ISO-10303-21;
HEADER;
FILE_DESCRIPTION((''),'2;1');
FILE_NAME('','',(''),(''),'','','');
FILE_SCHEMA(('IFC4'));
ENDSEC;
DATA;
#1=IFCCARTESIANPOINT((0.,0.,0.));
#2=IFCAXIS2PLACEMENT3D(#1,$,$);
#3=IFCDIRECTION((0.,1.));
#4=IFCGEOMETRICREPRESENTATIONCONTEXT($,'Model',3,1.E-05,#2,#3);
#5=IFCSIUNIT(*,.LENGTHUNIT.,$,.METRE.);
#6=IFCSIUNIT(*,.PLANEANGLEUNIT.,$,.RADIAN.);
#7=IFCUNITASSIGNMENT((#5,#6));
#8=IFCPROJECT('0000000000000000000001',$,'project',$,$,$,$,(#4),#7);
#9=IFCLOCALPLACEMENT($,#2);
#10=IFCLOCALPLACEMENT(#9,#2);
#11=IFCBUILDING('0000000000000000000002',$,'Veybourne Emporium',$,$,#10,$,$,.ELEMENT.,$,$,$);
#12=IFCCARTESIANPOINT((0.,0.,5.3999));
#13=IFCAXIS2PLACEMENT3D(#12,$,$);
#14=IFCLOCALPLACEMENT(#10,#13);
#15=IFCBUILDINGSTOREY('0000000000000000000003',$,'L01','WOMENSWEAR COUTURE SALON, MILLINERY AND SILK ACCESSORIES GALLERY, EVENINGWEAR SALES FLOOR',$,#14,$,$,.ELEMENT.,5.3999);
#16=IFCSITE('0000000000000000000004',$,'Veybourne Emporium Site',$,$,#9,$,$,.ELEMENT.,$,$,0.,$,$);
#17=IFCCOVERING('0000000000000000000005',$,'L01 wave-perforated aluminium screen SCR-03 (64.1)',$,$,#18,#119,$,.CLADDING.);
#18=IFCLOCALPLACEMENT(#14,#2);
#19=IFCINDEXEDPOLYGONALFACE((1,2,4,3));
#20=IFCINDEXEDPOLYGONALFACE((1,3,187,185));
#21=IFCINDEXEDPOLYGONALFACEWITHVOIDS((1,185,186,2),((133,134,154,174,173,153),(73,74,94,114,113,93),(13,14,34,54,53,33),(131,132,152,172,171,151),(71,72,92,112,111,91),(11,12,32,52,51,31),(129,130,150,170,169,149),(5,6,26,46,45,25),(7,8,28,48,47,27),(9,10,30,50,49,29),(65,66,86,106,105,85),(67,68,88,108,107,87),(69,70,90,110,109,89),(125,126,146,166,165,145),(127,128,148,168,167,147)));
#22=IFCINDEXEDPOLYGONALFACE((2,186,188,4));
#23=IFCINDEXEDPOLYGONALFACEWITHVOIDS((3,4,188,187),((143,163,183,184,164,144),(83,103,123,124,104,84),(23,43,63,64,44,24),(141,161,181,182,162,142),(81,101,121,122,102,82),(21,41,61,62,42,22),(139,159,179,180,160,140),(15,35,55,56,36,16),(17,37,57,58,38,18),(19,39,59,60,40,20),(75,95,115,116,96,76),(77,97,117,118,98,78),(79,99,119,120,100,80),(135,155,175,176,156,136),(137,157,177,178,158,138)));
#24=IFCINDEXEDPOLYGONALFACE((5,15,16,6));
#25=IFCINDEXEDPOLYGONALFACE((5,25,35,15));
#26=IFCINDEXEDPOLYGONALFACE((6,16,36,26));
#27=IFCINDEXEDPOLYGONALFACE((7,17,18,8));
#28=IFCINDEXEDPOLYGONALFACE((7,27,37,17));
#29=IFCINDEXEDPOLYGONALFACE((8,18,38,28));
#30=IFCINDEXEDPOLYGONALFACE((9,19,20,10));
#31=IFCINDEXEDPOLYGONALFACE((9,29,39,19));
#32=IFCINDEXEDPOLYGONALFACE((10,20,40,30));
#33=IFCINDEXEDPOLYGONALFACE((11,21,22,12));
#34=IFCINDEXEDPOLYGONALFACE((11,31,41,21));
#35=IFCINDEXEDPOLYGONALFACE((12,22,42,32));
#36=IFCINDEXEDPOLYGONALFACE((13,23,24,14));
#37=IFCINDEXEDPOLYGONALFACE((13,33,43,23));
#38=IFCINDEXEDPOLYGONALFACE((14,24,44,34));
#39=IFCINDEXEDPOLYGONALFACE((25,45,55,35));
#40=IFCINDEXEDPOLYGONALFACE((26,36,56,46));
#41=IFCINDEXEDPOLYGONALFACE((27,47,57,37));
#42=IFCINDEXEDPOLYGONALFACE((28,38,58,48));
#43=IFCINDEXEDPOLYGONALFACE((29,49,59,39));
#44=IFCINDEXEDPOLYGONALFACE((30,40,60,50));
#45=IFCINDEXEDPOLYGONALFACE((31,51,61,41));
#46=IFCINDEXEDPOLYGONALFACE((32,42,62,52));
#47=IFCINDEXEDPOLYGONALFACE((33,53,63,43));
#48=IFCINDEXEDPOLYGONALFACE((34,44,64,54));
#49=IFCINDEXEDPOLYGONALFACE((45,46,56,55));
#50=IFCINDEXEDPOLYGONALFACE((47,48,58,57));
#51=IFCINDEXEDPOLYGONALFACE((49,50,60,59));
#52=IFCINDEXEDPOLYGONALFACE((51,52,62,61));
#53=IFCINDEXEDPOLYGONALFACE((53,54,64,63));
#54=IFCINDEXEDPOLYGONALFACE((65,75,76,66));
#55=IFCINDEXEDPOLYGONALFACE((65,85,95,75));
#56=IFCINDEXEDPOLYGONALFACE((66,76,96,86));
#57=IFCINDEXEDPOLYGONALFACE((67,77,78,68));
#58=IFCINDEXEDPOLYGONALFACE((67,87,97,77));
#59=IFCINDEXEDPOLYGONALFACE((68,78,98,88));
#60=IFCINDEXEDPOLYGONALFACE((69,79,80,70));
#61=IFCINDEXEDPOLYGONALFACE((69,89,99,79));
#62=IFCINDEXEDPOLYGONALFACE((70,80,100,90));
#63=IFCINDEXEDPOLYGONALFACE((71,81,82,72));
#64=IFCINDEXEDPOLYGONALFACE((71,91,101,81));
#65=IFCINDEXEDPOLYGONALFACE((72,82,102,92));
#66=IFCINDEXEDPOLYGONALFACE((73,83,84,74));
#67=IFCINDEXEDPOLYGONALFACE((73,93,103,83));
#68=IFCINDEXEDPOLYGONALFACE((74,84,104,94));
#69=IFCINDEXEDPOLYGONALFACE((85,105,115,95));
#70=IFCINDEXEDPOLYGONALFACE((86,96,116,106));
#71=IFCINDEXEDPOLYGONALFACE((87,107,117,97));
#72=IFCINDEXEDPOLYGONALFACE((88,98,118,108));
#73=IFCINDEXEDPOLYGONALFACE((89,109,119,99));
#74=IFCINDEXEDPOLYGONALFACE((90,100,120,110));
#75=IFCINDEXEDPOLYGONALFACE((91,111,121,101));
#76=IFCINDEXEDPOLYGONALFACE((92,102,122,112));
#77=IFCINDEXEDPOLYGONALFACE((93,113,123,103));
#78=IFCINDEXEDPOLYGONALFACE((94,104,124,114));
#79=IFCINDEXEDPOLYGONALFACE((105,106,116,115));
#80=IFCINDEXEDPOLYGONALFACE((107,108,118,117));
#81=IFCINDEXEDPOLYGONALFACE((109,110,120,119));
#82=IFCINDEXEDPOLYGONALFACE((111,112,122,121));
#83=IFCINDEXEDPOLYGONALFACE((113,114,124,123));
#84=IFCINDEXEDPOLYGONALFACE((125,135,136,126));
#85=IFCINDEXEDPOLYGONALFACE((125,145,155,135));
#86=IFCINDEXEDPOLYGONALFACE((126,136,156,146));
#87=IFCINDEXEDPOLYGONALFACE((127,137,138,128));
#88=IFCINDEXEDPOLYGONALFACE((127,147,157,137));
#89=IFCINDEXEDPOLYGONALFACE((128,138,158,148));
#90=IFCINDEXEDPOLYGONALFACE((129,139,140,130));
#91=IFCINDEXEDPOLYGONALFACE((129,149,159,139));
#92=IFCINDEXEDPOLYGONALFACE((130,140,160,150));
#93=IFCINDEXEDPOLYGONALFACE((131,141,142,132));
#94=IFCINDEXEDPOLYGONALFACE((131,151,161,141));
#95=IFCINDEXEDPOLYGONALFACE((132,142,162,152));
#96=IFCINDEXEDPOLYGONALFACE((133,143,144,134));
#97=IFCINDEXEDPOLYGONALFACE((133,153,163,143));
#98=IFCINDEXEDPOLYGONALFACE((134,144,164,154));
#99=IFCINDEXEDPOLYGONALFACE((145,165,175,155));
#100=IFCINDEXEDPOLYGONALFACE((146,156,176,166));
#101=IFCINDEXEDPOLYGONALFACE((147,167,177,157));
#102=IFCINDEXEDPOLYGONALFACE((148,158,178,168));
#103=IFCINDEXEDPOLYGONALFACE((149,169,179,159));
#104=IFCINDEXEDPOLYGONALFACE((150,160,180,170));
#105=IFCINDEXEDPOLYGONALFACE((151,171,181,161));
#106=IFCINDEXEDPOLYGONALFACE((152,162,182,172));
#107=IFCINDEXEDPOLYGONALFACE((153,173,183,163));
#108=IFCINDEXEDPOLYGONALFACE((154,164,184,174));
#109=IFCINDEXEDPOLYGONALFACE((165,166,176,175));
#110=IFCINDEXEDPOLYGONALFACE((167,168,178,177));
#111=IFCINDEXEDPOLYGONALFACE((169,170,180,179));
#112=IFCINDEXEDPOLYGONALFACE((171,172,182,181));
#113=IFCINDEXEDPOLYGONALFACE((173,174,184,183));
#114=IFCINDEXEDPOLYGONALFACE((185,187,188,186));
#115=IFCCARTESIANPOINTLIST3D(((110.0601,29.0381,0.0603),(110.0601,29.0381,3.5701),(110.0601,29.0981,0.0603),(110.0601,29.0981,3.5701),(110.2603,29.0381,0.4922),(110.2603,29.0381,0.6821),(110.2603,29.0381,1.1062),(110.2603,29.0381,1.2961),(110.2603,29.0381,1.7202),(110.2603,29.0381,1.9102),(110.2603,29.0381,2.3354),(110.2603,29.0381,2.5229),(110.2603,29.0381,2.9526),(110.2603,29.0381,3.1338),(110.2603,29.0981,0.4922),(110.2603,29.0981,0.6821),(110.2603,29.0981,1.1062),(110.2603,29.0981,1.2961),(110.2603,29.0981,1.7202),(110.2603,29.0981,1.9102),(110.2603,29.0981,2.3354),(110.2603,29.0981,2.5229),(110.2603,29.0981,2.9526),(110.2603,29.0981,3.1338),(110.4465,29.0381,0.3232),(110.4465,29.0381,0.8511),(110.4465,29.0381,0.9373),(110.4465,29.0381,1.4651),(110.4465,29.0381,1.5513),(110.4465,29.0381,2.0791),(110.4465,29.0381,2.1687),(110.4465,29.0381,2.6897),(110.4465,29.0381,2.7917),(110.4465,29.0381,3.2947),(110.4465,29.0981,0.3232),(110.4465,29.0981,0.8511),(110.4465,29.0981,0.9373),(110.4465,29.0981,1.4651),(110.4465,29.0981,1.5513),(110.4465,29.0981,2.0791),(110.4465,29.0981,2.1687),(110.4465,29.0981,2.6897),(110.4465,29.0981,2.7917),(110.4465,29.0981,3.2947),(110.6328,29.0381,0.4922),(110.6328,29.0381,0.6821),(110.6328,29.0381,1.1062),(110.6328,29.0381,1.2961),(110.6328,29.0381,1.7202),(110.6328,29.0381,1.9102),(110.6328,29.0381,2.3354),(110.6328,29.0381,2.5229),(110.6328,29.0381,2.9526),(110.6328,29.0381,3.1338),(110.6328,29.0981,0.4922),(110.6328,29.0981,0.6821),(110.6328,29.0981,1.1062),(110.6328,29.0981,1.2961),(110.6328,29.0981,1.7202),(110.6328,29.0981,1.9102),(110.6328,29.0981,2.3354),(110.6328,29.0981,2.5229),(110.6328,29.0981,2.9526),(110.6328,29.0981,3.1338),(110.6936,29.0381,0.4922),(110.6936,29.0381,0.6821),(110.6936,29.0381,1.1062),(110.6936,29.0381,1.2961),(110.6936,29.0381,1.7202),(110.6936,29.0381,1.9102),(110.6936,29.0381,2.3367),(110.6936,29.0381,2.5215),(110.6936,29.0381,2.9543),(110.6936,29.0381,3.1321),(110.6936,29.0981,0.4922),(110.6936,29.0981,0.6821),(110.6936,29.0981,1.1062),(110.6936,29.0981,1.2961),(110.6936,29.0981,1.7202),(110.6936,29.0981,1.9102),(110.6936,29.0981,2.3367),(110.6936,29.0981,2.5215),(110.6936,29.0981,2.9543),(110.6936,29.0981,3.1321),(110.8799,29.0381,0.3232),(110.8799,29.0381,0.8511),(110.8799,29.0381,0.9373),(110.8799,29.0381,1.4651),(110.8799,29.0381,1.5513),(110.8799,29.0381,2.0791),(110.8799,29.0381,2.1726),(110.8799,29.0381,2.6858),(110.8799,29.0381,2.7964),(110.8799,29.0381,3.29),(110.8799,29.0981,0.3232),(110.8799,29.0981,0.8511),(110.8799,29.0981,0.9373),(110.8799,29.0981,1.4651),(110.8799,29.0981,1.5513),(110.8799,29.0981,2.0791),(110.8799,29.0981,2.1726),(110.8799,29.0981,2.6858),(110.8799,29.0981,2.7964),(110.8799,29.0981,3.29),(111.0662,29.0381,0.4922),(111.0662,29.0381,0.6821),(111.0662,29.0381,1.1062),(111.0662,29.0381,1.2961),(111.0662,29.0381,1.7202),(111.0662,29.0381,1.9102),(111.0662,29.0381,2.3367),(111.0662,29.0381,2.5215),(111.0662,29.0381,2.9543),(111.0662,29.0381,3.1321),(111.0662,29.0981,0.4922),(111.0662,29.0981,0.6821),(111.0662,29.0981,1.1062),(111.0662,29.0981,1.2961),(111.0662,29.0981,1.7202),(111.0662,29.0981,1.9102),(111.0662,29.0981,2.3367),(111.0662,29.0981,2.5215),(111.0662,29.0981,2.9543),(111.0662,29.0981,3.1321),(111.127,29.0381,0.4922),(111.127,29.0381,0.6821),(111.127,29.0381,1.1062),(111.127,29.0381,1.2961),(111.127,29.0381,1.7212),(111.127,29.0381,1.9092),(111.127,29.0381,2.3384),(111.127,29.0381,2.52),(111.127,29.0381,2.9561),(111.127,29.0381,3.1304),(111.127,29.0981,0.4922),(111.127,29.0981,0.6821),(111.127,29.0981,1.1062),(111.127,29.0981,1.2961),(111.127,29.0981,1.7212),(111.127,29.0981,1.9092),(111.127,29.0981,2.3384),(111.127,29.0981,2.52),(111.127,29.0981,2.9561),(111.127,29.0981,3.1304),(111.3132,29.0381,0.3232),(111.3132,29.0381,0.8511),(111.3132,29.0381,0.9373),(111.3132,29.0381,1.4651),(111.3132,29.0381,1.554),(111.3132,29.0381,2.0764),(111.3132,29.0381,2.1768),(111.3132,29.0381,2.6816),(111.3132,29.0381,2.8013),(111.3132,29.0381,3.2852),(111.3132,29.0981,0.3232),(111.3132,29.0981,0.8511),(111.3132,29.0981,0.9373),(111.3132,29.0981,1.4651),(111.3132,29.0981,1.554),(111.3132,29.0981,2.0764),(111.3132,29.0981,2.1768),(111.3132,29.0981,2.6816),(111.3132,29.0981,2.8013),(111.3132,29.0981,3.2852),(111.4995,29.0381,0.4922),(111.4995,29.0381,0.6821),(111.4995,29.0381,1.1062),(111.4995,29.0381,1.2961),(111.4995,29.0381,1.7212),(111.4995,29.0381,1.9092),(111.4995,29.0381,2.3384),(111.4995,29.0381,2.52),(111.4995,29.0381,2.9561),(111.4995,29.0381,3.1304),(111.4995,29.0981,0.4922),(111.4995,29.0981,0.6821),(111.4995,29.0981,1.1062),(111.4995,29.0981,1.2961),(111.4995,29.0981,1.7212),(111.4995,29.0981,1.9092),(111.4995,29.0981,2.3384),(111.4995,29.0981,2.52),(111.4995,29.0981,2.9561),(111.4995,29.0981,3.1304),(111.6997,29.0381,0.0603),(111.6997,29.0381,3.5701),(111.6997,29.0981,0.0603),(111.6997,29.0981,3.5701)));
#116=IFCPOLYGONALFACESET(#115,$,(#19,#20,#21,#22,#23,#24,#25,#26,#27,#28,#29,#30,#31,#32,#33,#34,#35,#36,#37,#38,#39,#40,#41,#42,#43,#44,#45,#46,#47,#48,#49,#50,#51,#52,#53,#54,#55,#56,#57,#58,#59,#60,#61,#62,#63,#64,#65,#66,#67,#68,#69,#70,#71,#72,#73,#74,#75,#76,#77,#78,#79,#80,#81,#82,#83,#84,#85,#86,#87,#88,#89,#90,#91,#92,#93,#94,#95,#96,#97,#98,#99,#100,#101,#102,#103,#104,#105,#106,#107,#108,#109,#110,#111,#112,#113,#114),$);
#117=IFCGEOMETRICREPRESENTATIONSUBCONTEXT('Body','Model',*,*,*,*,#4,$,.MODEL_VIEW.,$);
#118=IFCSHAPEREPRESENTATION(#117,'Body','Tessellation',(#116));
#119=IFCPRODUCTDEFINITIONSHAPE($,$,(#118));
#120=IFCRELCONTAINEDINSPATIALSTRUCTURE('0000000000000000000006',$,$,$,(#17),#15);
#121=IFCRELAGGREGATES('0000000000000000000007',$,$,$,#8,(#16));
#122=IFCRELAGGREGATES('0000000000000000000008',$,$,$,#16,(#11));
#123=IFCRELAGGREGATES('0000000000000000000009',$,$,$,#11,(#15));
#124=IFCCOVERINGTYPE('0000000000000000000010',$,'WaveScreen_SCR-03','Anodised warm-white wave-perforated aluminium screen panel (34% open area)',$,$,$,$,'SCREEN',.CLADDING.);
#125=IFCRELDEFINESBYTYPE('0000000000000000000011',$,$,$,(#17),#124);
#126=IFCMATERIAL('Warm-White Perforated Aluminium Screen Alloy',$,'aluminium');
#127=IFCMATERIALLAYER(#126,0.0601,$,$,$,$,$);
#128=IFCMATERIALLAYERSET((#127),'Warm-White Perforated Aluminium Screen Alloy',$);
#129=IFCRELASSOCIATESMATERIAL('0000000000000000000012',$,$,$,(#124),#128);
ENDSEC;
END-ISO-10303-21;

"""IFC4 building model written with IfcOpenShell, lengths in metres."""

from ifc_helpers import new_model, si_unit, direction, frame, origin, place, context, subcontext, project, spatial, polyline, outline, extrude, material, layer, layer_set, type_object, element, save


model = new_model("IFC4")

# Units and contexts
model_context = context("Model", 3, precision=1e-05, world=origin(), true_north=direction((0.0, 1.0)))
body_context = subcontext(model_context, "Body", "Model", "MODEL_VIEW")
ifc_project = project(units=[si_unit("LENGTHUNIT", "METRE"), si_unit("PLANEANGLEUNIT", "RADIAN")], contexts=[model_context])

# Site, building, storey
site_placement = place(None, origin())
site = spatial("IfcSite", under=ifc_project, at=site_placement, Name="Veybourne Emporium Site", CompositionType="ELEMENT", RefElevation=0.0)
building_placement = place(site_placement, origin())
building = spatial("IfcBuilding", under=site, at=building_placement, Name="Veybourne Emporium", CompositionType="ELEMENT")
storey_placement = place(building_placement, frame((0.0, 0.0, 5.3999)))
storey = spatial("IfcBuildingStorey", under=building, at=storey_placement, Name="L01", Description="WOMENSWEAR COUTURE SALON, MILLINERY AND SILK ACCESSORIES GALLERY, EVENINGWEAR SALES FLOOR", CompositionType="ELEMENT", Elevation=5.3999)

# Covering
ifc_material_1 = material(Name="Warm-White Perforated Aluminium Screen Alloy", Category="aluminium")
ifc_layer_1 = layer(ifc_material_1, 0.0601)
ifc_layer_set_1 = layer_set([ifc_layer_1], Name="Warm-White Perforated Aluminium Screen Alloy")
covering_type_1 = type_object("IfcCoveringType", Name="WaveScreen_SCR-03", Description="Anodised warm-white wave-perforated aluminium screen panel (34% open area)", ElementType="SCREEN", PredefinedType="CLADDING", material=ifc_layer_set_1)
covering_1_placement = place(storey_placement, frame((110.8799, 29.0981, 1.8152), z_axis=(0.0, -1.0, 0.0), x_axis=(1.0, 0.0, 0.0)))
element("IfcCovering", 1, at=covering_1_placement, inside=storey, type_object=covering_type_1, Name="L01 wave-perforated aluminium screen SCR-03 (64.1)", PredefinedType="CLADDING", context=body_context, shape_type="SweptSolid", body=[
    extrude(outline(polyline([(-0.8198, -1.7549), (0.8198, -1.7549), (0.8198, 1.7549), (-0.8198, 1.7549), (-0.8198, -1.7549)]), holes=[polyline([(-0.4333, -0.9641), (-0.2471, -1.1331), (-0.2471, -1.323), (-0.4333, -1.4919), (-0.6196, -1.323), (-0.6196, -1.1331), (-0.4333, -0.9641)]), polyline([(-0.4333, -0.3501), (-0.2471, -0.519), (-0.2471, -0.709), (-0.4333, -0.8779), (-0.6196, -0.709), (-0.6196, -0.519), (-0.4333, -0.3501)]), polyline([(-0.4333, 0.2639), (-0.2471, 0.095), (-0.2471, -0.095), (-0.4333, -0.2639), (-0.6196, -0.095), (-0.6196, 0.095), (-0.4333, 0.2639)]), polyline([(-0.4333, 0.8745), (-0.2471, 0.7078), (-0.2471, 0.5203), (-0.4333, 0.3535), (-0.6196, 0.5203), (-0.6196, 0.7078), (-0.4333, 0.8745)]), polyline([(-0.4333, 1.4795), (-0.2471, 1.3186), (-0.2471, 1.1375), (-0.4333, 0.9766), (-0.6196, 1.1375), (-0.6196, 1.3186), (-0.4333, 1.4795)]), polyline([(0.0, -0.9641), (0.1863, -1.1331), (0.1863, -1.323), (0.0, -1.4919), (-0.1863, -1.323), (-0.1863, -1.1331), (0.0, -0.9641)]), polyline([(0.0, -0.3501), (0.1863, -0.519), (0.1863, -0.709), (0.0, -0.8779), (-0.1863, -0.709), (-0.1863, -0.519), (0.0, -0.3501)]), polyline([(0.0, 0.2639), (0.1863, 0.095), (0.1863, -0.095), (0.0, -0.2639), (-0.1863, -0.095), (-0.1863, 0.095), (0.0, 0.2639)]), polyline([(0.0, 0.8706), (0.1863, 0.7063), (0.1863, 0.5215), (0.0, 0.3574), (-0.1863, 0.5215), (-0.1863, 0.7063), (0.0, 0.8706)]), polyline([(0.0, 1.4749), (0.1863, 1.3169), (0.1863, 1.1392), (0.0, 0.9812), (-0.1863, 1.1392), (-0.1863, 1.3169), (0.0, 1.4749)]), polyline([(0.4333, -0.9641), (0.6196, -1.1331), (0.6196, -1.323), (0.4333, -1.4919), (0.2471, -1.323), (0.2471, -1.1331), (0.4333, -0.9641)]), polyline([(0.4333, -0.3501), (0.6196, -0.519), (0.6196, -0.709), (0.4333, -0.8779), (0.2471, -0.709), (0.2471, -0.519), (0.4333, -0.3501)]), polyline([(0.4333, 0.2612), (0.6196, 0.094), (0.6196, -0.094), (0.4333, -0.2612), (0.2471, -0.094), (0.2471, 0.094), (0.4333, 0.2612)]), polyline([(0.4333, 0.8665), (0.6196, 0.7048), (0.6196, 0.5232), (0.4333, 0.3616), (0.2471, 0.5232), (0.2471, 0.7048), (0.4333, 0.8665)]), polyline([(0.4333, 1.47), (0.6196, 1.3152), (0.6196, 1.1409), (0.4333, 0.9861), (0.2471, 1.1409), (0.2471, 1.3152), (0.4333, 1.47)])]), origin(), (0.0, 0.0, 1.0), 0.0601),
])

save(model, "model.ifc")
